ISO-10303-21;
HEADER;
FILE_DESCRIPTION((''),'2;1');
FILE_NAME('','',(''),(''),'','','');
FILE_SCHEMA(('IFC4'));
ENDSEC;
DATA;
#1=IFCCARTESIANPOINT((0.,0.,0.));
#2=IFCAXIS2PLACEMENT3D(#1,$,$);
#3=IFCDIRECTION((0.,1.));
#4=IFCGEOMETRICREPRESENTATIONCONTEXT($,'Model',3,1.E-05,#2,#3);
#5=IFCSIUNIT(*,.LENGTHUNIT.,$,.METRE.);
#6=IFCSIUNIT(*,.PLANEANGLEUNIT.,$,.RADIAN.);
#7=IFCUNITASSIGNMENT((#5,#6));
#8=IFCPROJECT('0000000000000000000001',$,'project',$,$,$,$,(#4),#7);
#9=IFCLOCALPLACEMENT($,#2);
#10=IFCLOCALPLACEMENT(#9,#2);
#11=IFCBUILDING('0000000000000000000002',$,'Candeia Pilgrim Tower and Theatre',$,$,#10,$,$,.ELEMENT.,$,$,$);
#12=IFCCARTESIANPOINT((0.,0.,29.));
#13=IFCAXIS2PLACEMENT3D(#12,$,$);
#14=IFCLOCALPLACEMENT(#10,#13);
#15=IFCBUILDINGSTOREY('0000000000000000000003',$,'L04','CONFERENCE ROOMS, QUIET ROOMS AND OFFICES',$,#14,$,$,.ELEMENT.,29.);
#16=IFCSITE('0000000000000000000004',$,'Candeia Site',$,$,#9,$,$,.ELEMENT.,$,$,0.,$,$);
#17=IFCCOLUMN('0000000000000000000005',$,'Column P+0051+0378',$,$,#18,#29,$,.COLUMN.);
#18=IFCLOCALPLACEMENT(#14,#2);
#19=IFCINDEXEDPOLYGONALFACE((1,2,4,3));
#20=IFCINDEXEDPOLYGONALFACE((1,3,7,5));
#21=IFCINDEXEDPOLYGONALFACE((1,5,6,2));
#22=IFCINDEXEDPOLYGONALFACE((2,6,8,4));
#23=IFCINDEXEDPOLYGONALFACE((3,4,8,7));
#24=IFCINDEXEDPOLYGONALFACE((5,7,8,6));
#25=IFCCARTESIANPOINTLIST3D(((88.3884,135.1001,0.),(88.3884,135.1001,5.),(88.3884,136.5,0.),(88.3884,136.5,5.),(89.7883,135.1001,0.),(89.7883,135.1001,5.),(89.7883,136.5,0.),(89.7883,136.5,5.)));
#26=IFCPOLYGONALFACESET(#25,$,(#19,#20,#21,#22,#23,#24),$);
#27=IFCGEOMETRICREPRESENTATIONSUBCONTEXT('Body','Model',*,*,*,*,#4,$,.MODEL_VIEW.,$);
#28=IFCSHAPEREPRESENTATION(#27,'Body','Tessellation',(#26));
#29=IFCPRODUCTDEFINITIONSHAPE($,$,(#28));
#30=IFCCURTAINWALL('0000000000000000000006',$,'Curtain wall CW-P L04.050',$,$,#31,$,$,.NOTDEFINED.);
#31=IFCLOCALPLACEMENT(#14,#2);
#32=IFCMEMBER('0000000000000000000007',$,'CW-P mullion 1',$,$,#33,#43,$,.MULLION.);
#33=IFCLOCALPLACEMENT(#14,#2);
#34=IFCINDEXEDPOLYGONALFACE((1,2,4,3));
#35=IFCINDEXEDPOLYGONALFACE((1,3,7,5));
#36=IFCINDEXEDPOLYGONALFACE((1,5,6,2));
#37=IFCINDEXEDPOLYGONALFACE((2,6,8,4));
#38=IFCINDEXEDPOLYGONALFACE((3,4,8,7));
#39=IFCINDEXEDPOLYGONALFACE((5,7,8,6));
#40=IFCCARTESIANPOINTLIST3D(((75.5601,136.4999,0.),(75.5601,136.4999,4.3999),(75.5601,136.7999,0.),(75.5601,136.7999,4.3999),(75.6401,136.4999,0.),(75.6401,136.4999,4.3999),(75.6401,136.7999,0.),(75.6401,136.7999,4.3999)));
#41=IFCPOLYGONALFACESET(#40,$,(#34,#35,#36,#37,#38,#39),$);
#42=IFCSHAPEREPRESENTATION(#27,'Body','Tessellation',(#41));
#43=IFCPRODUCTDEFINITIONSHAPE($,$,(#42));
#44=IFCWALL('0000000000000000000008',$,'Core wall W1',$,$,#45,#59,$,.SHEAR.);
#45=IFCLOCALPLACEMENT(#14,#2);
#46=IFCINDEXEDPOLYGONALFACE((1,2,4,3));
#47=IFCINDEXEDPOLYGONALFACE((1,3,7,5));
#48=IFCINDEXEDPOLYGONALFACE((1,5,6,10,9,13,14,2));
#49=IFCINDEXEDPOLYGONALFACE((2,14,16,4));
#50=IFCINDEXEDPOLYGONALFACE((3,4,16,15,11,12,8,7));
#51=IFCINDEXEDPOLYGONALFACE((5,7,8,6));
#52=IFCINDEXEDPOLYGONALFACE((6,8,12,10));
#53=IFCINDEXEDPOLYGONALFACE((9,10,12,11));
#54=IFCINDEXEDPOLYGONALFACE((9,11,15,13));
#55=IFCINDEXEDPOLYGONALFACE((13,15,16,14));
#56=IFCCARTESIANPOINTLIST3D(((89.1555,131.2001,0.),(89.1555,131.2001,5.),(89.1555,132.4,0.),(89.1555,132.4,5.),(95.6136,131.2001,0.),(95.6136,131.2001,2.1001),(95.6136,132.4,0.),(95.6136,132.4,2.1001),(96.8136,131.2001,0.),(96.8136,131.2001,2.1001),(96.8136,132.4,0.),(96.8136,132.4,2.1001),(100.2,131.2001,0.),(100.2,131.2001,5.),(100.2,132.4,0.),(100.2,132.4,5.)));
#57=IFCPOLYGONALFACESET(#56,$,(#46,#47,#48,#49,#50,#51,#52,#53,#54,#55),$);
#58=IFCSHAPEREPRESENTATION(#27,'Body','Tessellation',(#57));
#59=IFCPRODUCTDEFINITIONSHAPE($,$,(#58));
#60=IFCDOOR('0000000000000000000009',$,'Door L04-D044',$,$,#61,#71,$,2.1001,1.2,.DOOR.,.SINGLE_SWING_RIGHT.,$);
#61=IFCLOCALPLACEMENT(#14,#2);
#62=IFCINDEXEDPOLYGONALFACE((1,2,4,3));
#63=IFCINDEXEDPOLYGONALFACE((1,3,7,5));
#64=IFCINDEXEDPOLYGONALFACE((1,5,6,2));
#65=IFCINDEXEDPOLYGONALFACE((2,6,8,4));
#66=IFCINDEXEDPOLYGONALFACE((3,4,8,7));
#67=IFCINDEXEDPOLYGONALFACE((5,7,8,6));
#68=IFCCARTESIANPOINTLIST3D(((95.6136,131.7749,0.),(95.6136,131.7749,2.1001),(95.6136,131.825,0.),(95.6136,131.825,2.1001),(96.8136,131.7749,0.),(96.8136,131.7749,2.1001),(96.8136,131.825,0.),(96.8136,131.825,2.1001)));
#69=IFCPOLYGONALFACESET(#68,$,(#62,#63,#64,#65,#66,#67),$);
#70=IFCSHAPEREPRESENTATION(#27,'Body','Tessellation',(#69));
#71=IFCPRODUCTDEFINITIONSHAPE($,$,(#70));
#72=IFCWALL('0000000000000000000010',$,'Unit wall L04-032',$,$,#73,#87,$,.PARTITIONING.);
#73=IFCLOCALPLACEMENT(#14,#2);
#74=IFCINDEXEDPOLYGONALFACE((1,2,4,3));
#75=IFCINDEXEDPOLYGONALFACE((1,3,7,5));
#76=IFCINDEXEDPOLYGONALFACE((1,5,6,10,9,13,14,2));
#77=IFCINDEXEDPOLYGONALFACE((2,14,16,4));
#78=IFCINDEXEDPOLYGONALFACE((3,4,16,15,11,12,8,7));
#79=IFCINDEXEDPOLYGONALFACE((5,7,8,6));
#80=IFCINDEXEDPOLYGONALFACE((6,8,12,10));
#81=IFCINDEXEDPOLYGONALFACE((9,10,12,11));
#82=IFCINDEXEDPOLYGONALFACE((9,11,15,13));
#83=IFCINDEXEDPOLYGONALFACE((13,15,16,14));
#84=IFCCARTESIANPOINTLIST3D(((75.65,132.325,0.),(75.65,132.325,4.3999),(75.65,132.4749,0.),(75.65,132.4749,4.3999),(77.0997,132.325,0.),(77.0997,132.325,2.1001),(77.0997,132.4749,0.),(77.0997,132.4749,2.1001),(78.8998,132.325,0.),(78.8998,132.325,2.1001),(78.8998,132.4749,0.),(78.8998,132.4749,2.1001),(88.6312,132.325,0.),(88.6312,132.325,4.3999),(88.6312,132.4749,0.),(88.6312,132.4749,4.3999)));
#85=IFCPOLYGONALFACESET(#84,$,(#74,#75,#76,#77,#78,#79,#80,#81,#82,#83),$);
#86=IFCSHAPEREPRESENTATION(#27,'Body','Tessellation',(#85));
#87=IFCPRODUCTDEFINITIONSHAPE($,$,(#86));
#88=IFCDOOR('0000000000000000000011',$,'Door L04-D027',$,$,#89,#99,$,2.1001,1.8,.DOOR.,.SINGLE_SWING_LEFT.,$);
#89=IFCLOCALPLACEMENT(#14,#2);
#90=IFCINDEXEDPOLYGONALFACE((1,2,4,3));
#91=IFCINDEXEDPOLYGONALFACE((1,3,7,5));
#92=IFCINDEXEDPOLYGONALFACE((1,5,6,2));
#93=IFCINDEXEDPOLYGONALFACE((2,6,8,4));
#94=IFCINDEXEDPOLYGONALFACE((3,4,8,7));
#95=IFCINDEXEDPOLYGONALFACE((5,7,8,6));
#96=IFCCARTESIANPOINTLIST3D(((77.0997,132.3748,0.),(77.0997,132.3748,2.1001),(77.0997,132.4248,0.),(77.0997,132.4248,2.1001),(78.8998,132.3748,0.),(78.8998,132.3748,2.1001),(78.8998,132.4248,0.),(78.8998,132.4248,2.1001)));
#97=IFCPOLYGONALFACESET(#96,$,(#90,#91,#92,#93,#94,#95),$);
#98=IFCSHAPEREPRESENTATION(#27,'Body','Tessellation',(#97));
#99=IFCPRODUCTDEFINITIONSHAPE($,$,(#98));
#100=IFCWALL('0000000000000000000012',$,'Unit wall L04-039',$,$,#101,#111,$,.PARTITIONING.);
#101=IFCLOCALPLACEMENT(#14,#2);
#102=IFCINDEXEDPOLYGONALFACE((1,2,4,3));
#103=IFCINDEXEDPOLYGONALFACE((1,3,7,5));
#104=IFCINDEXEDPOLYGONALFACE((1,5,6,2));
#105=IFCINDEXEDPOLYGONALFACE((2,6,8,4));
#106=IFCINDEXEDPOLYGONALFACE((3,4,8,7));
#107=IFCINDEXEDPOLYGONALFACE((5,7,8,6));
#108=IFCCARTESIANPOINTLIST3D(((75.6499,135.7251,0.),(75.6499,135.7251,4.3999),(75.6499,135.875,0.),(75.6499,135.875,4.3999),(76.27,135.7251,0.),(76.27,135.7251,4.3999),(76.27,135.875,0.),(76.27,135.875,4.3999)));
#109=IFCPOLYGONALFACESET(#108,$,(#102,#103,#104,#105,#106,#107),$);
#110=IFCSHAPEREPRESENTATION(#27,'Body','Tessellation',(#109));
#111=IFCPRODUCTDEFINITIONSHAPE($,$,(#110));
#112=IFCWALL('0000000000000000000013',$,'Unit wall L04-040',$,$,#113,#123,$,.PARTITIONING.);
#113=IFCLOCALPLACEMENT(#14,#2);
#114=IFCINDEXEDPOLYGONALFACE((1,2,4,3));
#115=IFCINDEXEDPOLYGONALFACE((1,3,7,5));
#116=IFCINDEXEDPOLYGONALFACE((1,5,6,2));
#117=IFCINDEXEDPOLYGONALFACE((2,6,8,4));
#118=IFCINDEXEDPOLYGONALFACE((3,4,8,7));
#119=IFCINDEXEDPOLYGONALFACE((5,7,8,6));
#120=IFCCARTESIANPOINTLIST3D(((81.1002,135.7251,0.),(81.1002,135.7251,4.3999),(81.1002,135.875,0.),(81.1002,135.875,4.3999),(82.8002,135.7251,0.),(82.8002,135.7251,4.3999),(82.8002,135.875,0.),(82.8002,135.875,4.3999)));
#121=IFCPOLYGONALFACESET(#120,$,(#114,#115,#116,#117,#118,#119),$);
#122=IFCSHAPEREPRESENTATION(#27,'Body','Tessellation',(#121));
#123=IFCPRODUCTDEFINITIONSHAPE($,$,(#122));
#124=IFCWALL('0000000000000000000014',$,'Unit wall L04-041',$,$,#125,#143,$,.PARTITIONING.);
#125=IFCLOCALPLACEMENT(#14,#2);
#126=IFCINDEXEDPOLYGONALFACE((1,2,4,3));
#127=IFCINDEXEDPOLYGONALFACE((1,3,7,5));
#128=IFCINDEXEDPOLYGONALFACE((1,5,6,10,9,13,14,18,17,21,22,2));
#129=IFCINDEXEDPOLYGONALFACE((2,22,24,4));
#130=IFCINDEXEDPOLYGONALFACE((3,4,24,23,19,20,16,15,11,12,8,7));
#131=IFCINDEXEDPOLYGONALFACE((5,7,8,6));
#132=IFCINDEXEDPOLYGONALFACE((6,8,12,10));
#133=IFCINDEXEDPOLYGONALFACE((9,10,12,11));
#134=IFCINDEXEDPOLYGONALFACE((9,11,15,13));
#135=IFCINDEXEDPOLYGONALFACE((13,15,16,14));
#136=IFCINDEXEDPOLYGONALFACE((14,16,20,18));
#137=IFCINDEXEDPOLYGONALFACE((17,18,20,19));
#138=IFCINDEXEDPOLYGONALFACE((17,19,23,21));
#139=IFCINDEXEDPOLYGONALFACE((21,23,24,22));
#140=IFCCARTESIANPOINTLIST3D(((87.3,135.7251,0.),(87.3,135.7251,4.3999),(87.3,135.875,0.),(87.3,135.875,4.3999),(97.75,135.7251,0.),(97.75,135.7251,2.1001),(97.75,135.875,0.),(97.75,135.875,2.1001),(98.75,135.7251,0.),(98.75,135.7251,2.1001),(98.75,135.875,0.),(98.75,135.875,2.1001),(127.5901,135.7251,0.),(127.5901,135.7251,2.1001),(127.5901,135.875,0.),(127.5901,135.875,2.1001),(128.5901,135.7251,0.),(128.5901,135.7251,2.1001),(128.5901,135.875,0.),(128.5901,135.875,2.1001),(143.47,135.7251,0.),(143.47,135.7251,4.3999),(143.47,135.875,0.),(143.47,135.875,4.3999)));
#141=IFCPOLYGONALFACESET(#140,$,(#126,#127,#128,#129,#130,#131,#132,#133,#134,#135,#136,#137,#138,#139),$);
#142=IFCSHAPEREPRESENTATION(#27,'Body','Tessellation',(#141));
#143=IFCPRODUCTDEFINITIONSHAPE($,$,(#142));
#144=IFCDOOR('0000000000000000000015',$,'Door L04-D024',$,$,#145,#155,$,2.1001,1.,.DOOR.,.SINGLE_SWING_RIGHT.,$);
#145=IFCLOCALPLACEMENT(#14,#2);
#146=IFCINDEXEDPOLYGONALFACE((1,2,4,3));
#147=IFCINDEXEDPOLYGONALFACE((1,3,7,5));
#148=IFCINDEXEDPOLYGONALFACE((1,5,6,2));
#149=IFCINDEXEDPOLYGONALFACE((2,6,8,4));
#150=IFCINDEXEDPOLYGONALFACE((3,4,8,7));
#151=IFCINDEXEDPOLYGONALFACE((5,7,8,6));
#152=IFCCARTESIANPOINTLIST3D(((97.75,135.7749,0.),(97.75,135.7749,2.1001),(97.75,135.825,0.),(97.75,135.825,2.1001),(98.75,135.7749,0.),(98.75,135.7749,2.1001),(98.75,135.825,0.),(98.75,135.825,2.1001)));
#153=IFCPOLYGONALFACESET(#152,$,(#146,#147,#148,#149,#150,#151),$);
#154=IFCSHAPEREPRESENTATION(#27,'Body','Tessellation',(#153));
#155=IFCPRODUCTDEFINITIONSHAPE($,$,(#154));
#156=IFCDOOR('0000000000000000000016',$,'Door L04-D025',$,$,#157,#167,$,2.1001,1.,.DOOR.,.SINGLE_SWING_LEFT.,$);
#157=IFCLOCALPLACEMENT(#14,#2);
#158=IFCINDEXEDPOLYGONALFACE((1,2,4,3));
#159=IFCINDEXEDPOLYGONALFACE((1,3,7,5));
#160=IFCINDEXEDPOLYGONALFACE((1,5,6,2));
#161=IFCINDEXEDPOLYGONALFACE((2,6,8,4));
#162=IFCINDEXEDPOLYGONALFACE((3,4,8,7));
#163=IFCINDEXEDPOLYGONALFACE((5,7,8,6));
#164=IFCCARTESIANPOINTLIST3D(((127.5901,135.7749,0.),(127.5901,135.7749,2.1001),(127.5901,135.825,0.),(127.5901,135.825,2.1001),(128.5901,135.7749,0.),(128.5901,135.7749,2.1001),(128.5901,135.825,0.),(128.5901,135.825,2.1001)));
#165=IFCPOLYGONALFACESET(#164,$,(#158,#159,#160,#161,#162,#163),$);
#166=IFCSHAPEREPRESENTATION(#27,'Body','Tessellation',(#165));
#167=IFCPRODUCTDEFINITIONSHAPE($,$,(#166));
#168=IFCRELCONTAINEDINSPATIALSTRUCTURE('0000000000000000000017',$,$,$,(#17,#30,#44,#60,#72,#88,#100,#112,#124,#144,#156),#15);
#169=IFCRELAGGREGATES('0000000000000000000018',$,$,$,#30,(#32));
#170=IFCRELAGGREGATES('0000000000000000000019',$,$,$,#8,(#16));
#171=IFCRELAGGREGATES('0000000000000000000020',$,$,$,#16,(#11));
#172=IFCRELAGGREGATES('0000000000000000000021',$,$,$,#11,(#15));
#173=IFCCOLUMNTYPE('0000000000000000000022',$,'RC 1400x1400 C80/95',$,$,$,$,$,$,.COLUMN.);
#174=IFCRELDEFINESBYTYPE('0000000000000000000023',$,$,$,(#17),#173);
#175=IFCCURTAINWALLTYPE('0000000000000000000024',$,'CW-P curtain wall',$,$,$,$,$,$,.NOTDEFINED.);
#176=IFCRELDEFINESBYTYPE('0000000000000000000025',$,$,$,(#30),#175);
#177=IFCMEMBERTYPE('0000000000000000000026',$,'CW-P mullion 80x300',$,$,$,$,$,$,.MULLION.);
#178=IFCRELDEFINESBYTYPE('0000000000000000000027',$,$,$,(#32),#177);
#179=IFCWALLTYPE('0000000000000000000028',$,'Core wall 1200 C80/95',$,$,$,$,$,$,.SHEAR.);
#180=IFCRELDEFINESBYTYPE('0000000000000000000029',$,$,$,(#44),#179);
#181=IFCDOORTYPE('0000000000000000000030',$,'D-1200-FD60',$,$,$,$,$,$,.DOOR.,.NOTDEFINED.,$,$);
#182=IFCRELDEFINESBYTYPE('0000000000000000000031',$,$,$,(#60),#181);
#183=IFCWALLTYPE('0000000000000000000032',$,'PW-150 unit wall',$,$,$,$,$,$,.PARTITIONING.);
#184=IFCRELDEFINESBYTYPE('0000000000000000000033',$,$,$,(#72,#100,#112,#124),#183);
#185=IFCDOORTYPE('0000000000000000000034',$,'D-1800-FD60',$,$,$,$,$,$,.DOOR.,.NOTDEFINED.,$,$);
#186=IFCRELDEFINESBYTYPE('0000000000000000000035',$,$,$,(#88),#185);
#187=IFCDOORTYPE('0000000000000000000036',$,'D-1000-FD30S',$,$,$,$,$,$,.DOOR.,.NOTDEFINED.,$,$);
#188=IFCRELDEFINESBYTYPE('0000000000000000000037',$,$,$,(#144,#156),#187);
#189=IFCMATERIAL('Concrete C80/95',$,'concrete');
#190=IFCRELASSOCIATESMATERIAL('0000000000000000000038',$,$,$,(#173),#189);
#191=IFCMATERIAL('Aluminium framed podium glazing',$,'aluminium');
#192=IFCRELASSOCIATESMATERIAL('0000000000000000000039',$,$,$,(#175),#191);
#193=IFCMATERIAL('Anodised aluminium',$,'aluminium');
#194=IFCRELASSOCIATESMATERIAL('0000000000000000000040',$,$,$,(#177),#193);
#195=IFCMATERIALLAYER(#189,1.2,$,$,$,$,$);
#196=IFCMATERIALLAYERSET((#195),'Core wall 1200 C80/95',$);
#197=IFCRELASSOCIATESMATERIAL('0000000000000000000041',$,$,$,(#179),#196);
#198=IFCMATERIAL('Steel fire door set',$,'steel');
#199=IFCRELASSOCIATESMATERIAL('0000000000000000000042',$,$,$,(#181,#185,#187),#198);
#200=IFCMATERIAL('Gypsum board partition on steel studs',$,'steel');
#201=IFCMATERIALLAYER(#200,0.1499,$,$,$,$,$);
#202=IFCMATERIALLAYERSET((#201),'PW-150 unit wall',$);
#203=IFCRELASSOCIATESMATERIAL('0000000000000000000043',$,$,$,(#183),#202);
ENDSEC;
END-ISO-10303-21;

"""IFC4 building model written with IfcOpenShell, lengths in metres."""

from ifc_helpers import new_model, si_unit, direction, frame, frame_2d, origin, origin_2d, place, context, subcontext, project, spatial, rectangle, extrude, material, layer, layer_set, material_profile, profile_set, type_object, element, fill, aggregate, save


model = new_model("IFC4")

# Units and contexts
model_context = context("Model", 3, precision=1e-05, world=origin(), true_north=direction((0.0, 1.0)))
body_context = subcontext(model_context, "Body", "Model", "MODEL_VIEW")
ifc_project = project(units=[si_unit("LENGTHUNIT", "METRE"), si_unit("PLANEANGLEUNIT", "RADIAN")], contexts=[model_context])

# Site, building, storey
site_placement = place(None, origin())
site = spatial("IfcSite", under=ifc_project, at=site_placement, Name="Candeia Site", CompositionType="ELEMENT", RefElevation=0.0)
building_placement = place(site_placement, origin())
building = spatial("IfcBuilding", under=site, at=building_placement, Name="Candeia Pilgrim Tower and Theatre", CompositionType="ELEMENT")
storey_placement = place(building_placement, frame((0.0, 0.0, 29.0)))
storey = spatial("IfcBuildingStorey", under=building, at=storey_placement, Name="L04", Description="CONFERENCE ROOMS, QUIET ROOMS AND OFFICES", CompositionType="ELEMENT", Elevation=29.0)

# Column
ifc_material_1 = material(Name="Concrete C80/95", Category="concrete")
ifc_material_profile_1 = material_profile(ifc_material_1, rectangle(XDim=1.3999, YDim=1.3999, at=origin_2d()))
ifc_profile_set_1 = profile_set([ifc_material_profile_1], Name="Concrete C80/95")
column_type = type_object("IfcColumnType", Name="RC 1400x1400 C80/95", PredefinedType="COLUMN", material=ifc_profile_set_1)
column_placement = place(storey_placement, frame((89.0884, 135.8, 0.0), z_axis=(0.0, 0.0, 1.0), x_axis=(1.0, 0.0, 0.0)))
element("IfcColumn", 1, at=column_placement, inside=storey, type_object=column_type, Name="Column P+0051+0378", PredefinedType="COLUMN", context=body_context, shape_type="SweptSolid", body=[
    extrude(rectangle(XDim=1.3999, YDim=1.3999, at=origin_2d()), origin(), (0.0, 0.0, 1.0), 5.0),
])

# Curtain wall, member
ifc_material_2 = material(Name="Aluminium framed podium glazing", Category="aluminium")
curtain_wall_type = type_object("IfcCurtainWallType", Name="CW-P curtain wall", PredefinedType="NOTDEFINED", material=ifc_material_2)
curtain_wall_placement = place(storey_placement, origin())
curtain_wall = element("IfcCurtainWall", 2, at=curtain_wall_placement, inside=storey, type_object=curtain_wall_type, Name="Curtain wall CW-P L04.050", PredefinedType="NOTDEFINED")
ifc_material_3 = material(Name="Anodised aluminium", Category="aluminium")
ifc_material_profile_2 = material_profile(ifc_material_3, rectangle(XDim=0.0801, YDim=0.3, at=origin_2d()))
ifc_profile_set_2 = profile_set([ifc_material_profile_2], Name="Anodised aluminium")
member_type = type_object("IfcMemberType", Name="CW-P mullion 80x300", PredefinedType="MULLION", material=ifc_profile_set_2)
member_placement = place(storey_placement, frame((75.6001, 136.6499, 0.0), z_axis=(0.0, 0.0, 1.0), x_axis=(-1.0, 0.0, 0.0)))
member = element("IfcMember", 3, at=member_placement, type_object=member_type, Name="CW-P mullion 1", PredefinedType="MULLION", context=body_context, shape_type="SweptSolid", body=[
    extrude(rectangle(XDim=0.0801, YDim=0.3, at=origin_2d()), origin(), (0.0, 0.0, 1.0), 4.3999),
])
aggregate(curtain_wall, [member])

# Walls, openings, doors
ifc_layer_1 = layer(ifc_material_1, 1.2)
ifc_layer_set_1 = layer_set([ifc_layer_1], Name="Core wall 1200 C80/95")
wall_type_1 = type_object("IfcWallType", Name="Core wall 1200 C80/95", PredefinedType="SHEAR", material=ifc_layer_set_1)
wall_1_placement = place(storey_placement, frame((89.1555, 131.8, 0.0), z_axis=(0.0, 0.0, 1.0), x_axis=(1.0, 0.0, 0.0)))
wall_1 = element("IfcWall", 4, at=wall_1_placement, inside=storey, type_object=wall_type_1, Name="Core wall W1", PredefinedType="SHEAR", context=body_context, shape_type="SweptSolid", body=[
    extrude(rectangle(XDim=11.0444, YDim=1.2, at=frame_2d((5.5222, 0.0))), origin(), (0.0, 0.0, 1.0), 5.0),
])
opening_1_placement = place(wall_1_placement, frame((6.458, 0.0, 0.0)))
opening_1 = element("IfcOpeningElement", 5, at=opening_1_placement, cuts=wall_1, PredefinedType="OPENING", context=body_context, shape_type="SweptSolid", body=[
    extrude(rectangle(XDim=1.2, YDim=2.1001, at=frame_2d((0.6001, 1.05))), frame((0.0, 0.6099, 0.0), z_axis=(0.0, -1.0, 0.0), x_axis=(1.0, 0.0, 0.0)), (0.0, 0.0, 1.0), 1.22),
])
ifc_material_4 = material(Name="Steel fire door set", Category="steel")
door_type_1 = type_object("IfcDoorType", Name="D-1200-FD60", OperationType="NOTDEFINED", PredefinedType="DOOR", material=ifc_material_4)
door_1_placement = place(opening_1_placement, origin())
door_1 = element("IfcDoor", 6, at=door_1_placement, inside=storey, type_object=door_type_1, Name="Door L04-D044", OperationType="SINGLE_SWING_RIGHT", OverallHeight=2.1001, OverallWidth=1.2, PredefinedType="DOOR", context=body_context, shape_type="SweptSolid", body=[
    extrude(rectangle(XDim=1.2, YDim=2.1001, at=frame_2d((0.6001, 1.05))), frame((0.0, 0.0249, 0.0), z_axis=(0.0, -1.0, 0.0), x_axis=(1.0, 0.0, 0.0)), (0.0, 0.0, 1.0), 0.05),
])
fill(opening_1, door_1)
ifc_material_5 = material(Name="Gypsum board partition on steel studs", Category="steel")
ifc_layer_2 = layer(ifc_material_5, 0.1499)
ifc_layer_set_2 = layer_set([ifc_layer_2], Name="PW-150 unit wall")
wall_type_2 = type_object("IfcWallType", Name="PW-150 unit wall", PredefinedType="PARTITIONING", material=ifc_layer_set_2)
wall_2_placement = place(storey_placement, frame((75.6499, 132.3999, 0.0), z_axis=(0.0, 0.0, 1.0), x_axis=(1.0, 0.0, 0.0)))
wall_2 = element("IfcWall", 7, at=wall_2_placement, inside=storey, type_object=wall_type_2, Name="Unit wall L04-032", PredefinedType="PARTITIONING", context=body_context, shape_type="SweptSolid", body=[
    extrude(rectangle(XDim=12.9812, YDim=0.1499, at=frame_2d((6.4907, 0.0))), origin(), (0.0, 0.0, 1.0), 4.3999),
])
opening_2_placement = place(wall_2_placement, frame((1.45, 0.0, 0.0)))
opening_2 = element("IfcOpeningElement", 8, at=opening_2_placement, cuts=wall_2, PredefinedType="OPENING", context=body_context, shape_type="SweptSolid", body=[
    extrude(rectangle(XDim=1.8, YDim=2.1001, at=frame_2d((0.8999, 1.05))), frame((0.0, 0.085, 0.0), z_axis=(0.0, -1.0, 0.0), x_axis=(1.0, 0.0, 0.0)), (0.0, 0.0, 1.0), 0.1699),
])
door_type_2 = type_object("IfcDoorType", Name="D-1800-FD60", OperationType="NOTDEFINED", PredefinedType="DOOR", material=ifc_material_4)
door_2_placement = place(opening_2_placement, origin())
door_2 = element("IfcDoor", 9, at=door_2_placement, inside=storey, type_object=door_type_2, Name="Door L04-D027", OperationType="SINGLE_SWING_LEFT", OverallHeight=2.1001, OverallWidth=1.8, PredefinedType="DOOR", context=body_context, shape_type="SweptSolid", body=[
    extrude(rectangle(XDim=1.8, YDim=2.1001, at=frame_2d((0.8999, 1.05))), frame((0.0, 0.0249, 0.0), z_axis=(0.0, -1.0, 0.0), x_axis=(1.0, 0.0, 0.0)), (0.0, 0.0, 1.0), 0.05),
])
fill(opening_2, door_2)

# Walls
wall_3_placement = place(storey_placement, frame((75.6499, 135.8, 0.0), z_axis=(0.0, 0.0, 1.0), x_axis=(1.0, 0.0, 0.0)))
element("IfcWall", 10, at=wall_3_placement, inside=storey, type_object=wall_type_2, Name="Unit wall L04-039", PredefinedType="PARTITIONING", context=body_context, shape_type="SweptSolid", body=[
    extrude(rectangle(XDim=0.6201, YDim=0.1499, at=frame_2d((0.3101, 0.0))), origin(), (0.0, 0.0, 1.0), 4.3999),
])
wall_4_placement = place(storey_placement, frame((81.1001, 135.8, 0.0), z_axis=(0.0, 0.0, 1.0), x_axis=(1.0, 0.0, 0.0)))
element("IfcWall", 11, at=wall_4_placement, inside=storey, type_object=wall_type_2, Name="Unit wall L04-040", PredefinedType="PARTITIONING", context=body_context, shape_type="SweptSolid", body=[
    extrude(rectangle(XDim=1.7, YDim=0.1499, at=frame_2d((0.8501, 0.0))), origin(), (0.0, 0.0, 1.0), 4.3999),
])

# Wall, openings, doors
wall_5_placement = place(storey_placement, frame((87.3, 135.8, 0.0), z_axis=(0.0, 0.0, 1.0), x_axis=(1.0, 0.0, 0.0)))
wall_5 = element("IfcWall", 12, at=wall_5_placement, inside=storey, type_object=wall_type_2, Name="Unit wall L04-041", PredefinedType="PARTITIONING", context=body_context, shape_type="SweptSolid", body=[
    extrude(rectangle(XDim=56.1699, YDim=0.1499, at=frame_2d((28.085, 0.0))), origin(), (0.0, 0.0, 1.0), 4.3999),
])
opening_3_placement = place(wall_5_placement, frame((10.45, 0.0, 0.0)))
opening_3 = element("IfcOpeningElement", 13, at=opening_3_placement, cuts=wall_5, PredefinedType="OPENING", context=body_context, shape_type="SweptSolid", body=[
    extrude(rectangle(XDim=1.0, YDim=2.1001, at=frame_2d((0.5, 1.05))), frame((0.0, 0.085, 0.0), z_axis=(0.0, -1.0, 0.0), x_axis=(1.0, 0.0, 0.0)), (0.0, 0.0, 1.0), 0.1699),
])
opening_4_placement = place(wall_5_placement, frame((40.29, 0.0, 0.0)))
opening_4 = element("IfcOpeningElement", 14, at=opening_4_placement, cuts=wall_5, PredefinedType="OPENING", context=body_context, shape_type="SweptSolid", body=[
    extrude(rectangle(XDim=1.0, YDim=2.1001, at=frame_2d((0.5, 1.05))), frame((0.0, 0.085, 0.0), z_axis=(0.0, -1.0, 0.0), x_axis=(1.0, 0.0, 0.0)), (0.0, 0.0, 1.0), 0.1699),
])
door_type_3 = type_object("IfcDoorType", Name="D-1000-FD30S", OperationType="NOTDEFINED", PredefinedType="DOOR", material=ifc_material_4)
door_3_placement = place(opening_3_placement, origin())
door_3 = element("IfcDoor", 15, at=door_3_placement, inside=storey, type_object=door_type_3, Name="Door L04-D024", OperationType="SINGLE_SWING_RIGHT", OverallHeight=2.1001, OverallWidth=1.0, PredefinedType="DOOR", context=body_context, shape_type="SweptSolid", body=[
    extrude(rectangle(XDim=1.0, YDim=2.1001, at=frame_2d((0.5, 1.05))), frame((0.0, 0.0249, 0.0), z_axis=(0.0, -1.0, 0.0), x_axis=(1.0, 0.0, 0.0)), (0.0, 0.0, 1.0), 0.05),
])
fill(opening_3, door_3)
door_4_placement = place(opening_4_placement, origin())
door_4 = element("IfcDoor", 16, at=door_4_placement, inside=storey, type_object=door_type_3, Name="Door L04-D025", OperationType="SINGLE_SWING_LEFT", OverallHeight=2.1001, OverallWidth=1.0, PredefinedType="DOOR", context=body_context, shape_type="SweptSolid", body=[
    extrude(rectangle(XDim=1.0, YDim=2.1001, at=frame_2d((0.5, 1.05))), frame((0.0, 0.0249, 0.0), z_axis=(0.0, -1.0, 0.0), x_axis=(1.0, 0.0, 0.0)), (0.0, 0.0, 1.0), 0.05),
])
fill(opening_4, door_4)

save(model, "model.ifc")
